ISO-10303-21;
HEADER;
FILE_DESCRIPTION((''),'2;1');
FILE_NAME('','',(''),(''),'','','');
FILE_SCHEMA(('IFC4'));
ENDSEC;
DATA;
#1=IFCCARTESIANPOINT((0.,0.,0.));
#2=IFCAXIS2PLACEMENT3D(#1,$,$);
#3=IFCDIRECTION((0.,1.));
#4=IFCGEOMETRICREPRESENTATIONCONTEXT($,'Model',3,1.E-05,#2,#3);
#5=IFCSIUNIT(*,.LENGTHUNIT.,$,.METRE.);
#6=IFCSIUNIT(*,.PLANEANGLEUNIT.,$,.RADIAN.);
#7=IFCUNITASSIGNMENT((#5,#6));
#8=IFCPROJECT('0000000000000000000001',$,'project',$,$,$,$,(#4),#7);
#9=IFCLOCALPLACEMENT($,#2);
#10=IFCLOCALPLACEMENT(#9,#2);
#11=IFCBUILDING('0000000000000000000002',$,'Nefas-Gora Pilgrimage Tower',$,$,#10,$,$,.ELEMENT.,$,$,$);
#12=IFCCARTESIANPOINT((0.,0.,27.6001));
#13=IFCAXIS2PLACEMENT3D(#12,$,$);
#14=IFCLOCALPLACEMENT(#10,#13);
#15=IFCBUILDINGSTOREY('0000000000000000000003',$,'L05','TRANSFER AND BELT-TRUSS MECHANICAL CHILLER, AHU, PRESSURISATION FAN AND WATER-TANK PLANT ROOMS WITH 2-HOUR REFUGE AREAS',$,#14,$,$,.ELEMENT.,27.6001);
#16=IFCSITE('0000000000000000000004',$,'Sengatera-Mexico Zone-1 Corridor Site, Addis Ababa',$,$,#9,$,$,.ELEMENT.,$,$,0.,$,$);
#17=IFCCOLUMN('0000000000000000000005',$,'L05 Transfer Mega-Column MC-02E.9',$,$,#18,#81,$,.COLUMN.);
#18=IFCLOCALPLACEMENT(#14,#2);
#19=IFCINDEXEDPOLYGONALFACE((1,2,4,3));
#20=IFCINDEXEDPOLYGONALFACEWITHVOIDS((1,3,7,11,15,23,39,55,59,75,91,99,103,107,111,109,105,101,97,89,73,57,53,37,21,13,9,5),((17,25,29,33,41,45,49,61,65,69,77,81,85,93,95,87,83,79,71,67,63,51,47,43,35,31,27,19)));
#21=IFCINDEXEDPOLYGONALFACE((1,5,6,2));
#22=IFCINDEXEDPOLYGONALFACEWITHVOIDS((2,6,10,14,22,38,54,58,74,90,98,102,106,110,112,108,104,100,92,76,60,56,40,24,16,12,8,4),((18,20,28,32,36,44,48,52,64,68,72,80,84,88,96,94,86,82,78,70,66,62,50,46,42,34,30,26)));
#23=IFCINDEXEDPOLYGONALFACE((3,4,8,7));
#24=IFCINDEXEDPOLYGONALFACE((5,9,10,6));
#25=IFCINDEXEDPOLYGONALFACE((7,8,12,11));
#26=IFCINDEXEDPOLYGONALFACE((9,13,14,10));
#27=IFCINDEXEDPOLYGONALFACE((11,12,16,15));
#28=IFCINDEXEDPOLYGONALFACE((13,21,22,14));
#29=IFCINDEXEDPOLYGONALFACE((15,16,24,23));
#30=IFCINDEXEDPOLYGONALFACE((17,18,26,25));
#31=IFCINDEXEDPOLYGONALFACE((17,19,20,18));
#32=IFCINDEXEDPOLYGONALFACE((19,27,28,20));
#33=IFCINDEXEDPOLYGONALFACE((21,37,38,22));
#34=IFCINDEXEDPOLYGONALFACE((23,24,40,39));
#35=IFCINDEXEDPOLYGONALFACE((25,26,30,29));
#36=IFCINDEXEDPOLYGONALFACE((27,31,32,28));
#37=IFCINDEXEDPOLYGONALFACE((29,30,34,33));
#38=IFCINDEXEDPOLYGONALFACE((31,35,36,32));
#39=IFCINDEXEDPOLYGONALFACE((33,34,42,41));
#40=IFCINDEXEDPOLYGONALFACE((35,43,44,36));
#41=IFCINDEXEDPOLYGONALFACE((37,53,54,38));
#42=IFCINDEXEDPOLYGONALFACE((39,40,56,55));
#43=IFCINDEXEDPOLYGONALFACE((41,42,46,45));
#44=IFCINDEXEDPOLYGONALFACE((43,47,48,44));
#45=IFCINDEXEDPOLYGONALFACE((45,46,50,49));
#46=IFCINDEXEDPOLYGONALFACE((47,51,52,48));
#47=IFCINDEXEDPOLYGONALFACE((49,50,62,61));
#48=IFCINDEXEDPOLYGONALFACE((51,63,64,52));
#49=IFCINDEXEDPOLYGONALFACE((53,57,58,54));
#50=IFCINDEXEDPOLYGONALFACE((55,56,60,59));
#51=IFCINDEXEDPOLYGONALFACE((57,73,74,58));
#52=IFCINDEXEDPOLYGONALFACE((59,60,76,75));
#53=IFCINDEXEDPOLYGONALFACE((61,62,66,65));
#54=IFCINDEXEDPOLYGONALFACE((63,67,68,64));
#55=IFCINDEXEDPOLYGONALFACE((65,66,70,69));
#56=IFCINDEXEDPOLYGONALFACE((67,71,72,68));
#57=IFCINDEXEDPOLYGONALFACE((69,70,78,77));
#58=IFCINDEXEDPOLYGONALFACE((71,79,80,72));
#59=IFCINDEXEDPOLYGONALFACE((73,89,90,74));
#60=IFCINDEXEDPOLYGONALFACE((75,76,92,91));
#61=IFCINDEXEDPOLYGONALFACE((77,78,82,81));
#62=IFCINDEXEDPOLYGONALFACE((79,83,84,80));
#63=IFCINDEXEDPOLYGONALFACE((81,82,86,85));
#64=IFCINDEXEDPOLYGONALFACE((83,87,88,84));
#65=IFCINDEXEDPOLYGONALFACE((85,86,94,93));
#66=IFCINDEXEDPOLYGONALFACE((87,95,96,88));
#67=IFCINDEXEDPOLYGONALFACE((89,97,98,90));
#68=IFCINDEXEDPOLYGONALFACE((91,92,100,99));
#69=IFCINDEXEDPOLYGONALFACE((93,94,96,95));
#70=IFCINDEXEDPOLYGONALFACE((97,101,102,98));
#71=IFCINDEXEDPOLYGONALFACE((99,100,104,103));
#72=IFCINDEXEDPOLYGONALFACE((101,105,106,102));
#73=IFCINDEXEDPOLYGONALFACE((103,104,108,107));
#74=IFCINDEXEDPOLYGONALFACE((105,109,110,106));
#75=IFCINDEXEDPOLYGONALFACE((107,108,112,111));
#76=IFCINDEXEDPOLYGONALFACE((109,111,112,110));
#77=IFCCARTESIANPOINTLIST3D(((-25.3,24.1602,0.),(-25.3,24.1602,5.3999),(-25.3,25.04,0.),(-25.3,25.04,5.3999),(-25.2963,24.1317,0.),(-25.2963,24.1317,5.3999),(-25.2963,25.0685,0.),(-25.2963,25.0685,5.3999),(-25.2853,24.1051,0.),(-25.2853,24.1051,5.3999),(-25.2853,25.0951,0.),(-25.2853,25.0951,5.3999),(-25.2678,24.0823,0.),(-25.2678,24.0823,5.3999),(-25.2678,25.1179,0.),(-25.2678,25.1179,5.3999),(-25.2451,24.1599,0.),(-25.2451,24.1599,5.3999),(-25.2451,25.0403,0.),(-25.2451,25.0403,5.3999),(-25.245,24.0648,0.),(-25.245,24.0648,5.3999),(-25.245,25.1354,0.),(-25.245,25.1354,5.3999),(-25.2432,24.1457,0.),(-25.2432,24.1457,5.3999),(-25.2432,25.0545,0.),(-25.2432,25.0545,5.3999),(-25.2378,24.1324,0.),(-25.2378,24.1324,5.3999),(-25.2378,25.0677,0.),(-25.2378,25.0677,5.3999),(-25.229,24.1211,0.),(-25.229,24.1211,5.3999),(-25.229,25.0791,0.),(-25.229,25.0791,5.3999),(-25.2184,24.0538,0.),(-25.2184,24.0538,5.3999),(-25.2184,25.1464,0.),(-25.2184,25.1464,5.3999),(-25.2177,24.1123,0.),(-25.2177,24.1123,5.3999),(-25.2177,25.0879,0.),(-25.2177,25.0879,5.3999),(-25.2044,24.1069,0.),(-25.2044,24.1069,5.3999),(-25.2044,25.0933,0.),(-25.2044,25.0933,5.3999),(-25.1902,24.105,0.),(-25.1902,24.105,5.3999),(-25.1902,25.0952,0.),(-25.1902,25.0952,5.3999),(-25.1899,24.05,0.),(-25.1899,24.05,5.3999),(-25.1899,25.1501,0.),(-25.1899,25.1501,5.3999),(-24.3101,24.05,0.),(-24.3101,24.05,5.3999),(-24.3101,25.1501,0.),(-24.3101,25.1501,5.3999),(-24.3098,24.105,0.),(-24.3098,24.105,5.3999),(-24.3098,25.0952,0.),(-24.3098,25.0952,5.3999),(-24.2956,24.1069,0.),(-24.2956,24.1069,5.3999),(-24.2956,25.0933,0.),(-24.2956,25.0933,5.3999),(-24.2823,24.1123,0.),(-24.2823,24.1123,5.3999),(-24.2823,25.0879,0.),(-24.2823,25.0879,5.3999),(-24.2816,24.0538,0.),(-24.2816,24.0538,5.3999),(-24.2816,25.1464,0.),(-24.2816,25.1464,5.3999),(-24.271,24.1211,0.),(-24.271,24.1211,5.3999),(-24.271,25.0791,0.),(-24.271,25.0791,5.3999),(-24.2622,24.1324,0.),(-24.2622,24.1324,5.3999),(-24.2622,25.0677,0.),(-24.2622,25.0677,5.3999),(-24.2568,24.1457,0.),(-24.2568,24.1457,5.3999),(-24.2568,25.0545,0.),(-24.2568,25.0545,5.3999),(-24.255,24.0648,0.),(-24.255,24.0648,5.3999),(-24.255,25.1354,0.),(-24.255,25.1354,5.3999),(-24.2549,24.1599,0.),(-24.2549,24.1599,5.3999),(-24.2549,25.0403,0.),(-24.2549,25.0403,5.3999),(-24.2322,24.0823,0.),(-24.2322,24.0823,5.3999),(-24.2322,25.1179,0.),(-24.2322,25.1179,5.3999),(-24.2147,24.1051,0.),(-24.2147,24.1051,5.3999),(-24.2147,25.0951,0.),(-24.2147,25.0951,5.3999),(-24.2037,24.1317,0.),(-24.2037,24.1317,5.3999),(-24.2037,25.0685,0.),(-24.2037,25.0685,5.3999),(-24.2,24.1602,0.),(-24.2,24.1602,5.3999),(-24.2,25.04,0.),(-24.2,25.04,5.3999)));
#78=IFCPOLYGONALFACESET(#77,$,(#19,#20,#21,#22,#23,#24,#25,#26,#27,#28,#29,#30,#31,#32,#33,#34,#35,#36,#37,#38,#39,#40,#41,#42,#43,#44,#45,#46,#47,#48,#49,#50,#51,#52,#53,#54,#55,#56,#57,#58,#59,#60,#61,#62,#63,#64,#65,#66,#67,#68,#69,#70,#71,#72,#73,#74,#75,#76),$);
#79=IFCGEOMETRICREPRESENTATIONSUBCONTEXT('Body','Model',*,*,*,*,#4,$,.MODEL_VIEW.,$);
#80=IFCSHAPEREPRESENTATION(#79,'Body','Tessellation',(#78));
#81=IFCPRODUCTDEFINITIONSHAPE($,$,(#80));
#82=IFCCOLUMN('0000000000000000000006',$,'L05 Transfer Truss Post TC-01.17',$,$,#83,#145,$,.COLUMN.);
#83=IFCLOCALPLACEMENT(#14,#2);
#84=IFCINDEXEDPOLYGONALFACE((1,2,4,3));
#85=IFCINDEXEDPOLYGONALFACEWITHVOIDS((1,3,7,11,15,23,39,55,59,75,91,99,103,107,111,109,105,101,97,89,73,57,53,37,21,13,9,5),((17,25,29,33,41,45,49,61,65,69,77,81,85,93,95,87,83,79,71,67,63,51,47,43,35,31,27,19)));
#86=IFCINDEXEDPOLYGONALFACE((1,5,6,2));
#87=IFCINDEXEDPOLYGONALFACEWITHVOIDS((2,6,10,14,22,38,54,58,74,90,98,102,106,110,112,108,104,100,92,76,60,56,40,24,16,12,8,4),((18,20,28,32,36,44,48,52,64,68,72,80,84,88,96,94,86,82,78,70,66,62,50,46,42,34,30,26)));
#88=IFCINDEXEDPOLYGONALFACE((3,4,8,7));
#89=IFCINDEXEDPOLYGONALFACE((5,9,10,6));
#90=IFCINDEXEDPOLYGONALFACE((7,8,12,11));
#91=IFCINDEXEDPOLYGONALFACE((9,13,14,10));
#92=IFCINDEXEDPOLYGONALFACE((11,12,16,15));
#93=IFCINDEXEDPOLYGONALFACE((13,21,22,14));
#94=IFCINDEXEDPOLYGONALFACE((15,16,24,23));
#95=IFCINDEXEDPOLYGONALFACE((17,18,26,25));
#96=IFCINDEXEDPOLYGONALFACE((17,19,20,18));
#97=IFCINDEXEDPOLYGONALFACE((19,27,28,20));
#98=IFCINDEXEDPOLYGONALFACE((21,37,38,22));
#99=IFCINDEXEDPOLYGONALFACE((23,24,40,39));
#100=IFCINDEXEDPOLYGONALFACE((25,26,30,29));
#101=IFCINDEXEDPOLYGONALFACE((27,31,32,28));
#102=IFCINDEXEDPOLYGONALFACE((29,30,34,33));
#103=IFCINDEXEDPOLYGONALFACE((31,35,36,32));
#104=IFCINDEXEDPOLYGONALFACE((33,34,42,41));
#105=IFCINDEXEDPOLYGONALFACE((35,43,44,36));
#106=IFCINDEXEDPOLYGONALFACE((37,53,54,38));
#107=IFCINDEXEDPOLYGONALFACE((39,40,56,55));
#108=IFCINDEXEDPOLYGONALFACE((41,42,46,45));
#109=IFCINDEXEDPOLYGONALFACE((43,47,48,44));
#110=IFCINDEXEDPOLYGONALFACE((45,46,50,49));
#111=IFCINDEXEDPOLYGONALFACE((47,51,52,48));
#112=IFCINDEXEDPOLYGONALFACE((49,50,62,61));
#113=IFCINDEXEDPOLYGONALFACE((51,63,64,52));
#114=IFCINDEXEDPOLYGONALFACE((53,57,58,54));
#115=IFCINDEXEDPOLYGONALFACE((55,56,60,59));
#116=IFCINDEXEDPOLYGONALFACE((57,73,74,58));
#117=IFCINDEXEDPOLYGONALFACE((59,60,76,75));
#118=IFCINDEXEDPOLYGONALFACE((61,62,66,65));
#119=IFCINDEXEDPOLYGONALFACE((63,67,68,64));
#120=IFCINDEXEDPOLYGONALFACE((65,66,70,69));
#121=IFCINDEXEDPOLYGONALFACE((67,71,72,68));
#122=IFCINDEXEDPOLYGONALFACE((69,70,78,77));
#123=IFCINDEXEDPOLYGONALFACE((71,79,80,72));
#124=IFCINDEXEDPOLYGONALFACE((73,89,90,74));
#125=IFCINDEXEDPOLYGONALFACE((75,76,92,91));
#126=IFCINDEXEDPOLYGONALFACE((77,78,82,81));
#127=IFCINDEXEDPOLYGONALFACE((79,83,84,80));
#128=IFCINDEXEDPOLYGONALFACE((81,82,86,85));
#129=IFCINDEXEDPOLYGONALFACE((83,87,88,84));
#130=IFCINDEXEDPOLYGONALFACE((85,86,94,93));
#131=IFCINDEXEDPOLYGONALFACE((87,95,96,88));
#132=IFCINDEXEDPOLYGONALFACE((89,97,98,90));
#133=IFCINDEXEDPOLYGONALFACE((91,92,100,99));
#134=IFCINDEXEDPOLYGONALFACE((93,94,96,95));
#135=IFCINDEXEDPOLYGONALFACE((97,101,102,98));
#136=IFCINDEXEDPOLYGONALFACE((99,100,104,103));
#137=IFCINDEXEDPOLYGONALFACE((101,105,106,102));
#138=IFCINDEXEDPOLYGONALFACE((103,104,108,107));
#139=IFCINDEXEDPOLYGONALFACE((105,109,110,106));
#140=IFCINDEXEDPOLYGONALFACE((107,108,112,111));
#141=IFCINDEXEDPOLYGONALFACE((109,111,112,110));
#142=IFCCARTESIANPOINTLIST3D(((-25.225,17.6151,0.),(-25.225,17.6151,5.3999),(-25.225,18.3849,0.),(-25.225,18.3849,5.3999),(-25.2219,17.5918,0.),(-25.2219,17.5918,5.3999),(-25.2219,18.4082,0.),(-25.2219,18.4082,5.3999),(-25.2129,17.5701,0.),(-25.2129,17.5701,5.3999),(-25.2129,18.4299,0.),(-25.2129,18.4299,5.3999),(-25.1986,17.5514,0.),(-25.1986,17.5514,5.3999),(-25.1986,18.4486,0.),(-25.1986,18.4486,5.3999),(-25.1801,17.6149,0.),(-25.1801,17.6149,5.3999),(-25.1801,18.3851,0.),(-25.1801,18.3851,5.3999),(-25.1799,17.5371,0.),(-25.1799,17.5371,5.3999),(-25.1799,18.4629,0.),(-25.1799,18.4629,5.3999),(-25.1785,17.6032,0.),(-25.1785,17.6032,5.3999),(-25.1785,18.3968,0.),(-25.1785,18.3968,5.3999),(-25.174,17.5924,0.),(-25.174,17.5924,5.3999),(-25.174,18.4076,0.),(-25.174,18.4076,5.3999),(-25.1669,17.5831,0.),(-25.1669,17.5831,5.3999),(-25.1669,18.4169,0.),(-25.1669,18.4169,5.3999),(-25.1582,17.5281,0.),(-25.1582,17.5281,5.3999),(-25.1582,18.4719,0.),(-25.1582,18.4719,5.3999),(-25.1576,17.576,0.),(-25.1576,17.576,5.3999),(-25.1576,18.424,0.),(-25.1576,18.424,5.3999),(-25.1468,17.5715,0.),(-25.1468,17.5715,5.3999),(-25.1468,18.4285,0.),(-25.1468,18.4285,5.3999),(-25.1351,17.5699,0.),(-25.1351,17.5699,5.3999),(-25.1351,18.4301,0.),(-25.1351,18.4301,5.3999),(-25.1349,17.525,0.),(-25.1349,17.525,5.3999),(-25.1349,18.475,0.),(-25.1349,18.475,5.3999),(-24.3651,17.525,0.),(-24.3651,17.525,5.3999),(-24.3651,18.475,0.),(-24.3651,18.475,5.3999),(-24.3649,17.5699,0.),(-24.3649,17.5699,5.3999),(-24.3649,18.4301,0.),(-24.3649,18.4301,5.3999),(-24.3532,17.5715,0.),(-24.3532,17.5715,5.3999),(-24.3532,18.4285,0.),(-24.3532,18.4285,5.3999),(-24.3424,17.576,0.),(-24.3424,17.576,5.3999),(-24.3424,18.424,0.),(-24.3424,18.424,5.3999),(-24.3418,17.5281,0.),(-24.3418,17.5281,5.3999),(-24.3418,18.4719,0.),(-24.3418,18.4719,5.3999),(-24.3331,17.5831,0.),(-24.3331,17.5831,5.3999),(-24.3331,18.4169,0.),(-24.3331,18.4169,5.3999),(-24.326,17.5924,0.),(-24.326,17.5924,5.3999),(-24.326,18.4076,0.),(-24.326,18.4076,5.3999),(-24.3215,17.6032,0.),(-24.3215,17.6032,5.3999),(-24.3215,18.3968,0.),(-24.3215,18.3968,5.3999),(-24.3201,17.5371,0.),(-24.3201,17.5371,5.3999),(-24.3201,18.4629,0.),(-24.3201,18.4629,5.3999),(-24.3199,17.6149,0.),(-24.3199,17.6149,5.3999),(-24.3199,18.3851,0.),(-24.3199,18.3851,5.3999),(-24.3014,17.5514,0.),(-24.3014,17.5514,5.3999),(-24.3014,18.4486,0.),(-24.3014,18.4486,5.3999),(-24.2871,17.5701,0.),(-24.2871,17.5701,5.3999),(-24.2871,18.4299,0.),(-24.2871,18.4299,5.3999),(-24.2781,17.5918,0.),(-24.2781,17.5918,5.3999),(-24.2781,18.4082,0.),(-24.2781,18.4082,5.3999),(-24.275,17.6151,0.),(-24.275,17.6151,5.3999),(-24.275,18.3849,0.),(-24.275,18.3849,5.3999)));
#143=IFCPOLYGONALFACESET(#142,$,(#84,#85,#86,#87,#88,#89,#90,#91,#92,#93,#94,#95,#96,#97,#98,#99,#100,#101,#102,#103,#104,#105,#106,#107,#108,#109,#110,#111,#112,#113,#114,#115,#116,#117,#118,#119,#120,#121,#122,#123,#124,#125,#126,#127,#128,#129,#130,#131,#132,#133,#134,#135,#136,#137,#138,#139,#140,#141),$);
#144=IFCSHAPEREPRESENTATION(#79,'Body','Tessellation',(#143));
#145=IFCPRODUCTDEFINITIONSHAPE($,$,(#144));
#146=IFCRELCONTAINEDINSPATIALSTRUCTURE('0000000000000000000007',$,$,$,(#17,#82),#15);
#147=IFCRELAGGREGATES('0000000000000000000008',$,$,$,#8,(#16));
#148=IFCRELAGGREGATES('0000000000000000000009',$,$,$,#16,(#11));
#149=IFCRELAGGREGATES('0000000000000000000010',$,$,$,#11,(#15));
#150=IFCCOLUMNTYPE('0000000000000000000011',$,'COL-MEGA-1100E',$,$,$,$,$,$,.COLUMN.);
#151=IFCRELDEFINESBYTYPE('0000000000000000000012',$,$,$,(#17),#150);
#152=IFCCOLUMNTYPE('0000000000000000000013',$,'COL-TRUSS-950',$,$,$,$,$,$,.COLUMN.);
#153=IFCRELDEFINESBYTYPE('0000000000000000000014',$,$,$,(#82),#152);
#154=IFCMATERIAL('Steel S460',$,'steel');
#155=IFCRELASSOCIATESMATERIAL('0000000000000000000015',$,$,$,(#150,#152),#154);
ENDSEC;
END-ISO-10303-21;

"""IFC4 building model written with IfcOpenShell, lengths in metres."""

from ifc_helpers import new_model, si_unit, direction, frame, origin, origin_2d, place, context, subcontext, project, spatial, hollow_rectangle, extrude, source, transform, mapped, material, material_profile, profile_set, type_object, element, save


model = new_model("IFC4")

# Units and contexts
model_context = context("Model", 3, precision=1e-05, world=origin(), true_north=direction((0.0, 1.0)))
body_context = subcontext(model_context, "Body", "Model", "MODEL_VIEW")
ifc_project = project(units=[si_unit("LENGTHUNIT", "METRE"), si_unit("PLANEANGLEUNIT", "RADIAN")], contexts=[model_context])

# Site, building, storey
site_placement = place(None, origin())
site = spatial("IfcSite", under=ifc_project, at=site_placement, Name="Sengatera-Mexico Zone-1 Corridor Site, Addis Ababa", CompositionType="ELEMENT", RefElevation=0.0)
building_placement = place(site_placement, origin())
building = spatial("IfcBuilding", under=site, at=building_placement, Name="Nefas-Gora Pilgrimage Tower", CompositionType="ELEMENT")
storey_placement = place(building_placement, frame((0.0, 0.0, 27.6001)))
storey = spatial("IfcBuildingStorey", under=building, at=storey_placement, Name="L05", Description="TRANSFER AND BELT-TRUSS MECHANICAL CHILLER, AHU, PRESSURISATION FAN AND WATER-TANK PLANT ROOMS WITH 2-HOUR REFUGE AREAS", CompositionType="ELEMENT", Elevation=27.6001)

# Columns
ifc_material = material(Name="Steel S460", Category="steel")
ifc_material_profile_1 = material_profile(ifc_material, hollow_rectangle(XDim=1.1001, YDim=1.1001, WallThickness=0.0549, InnerFilletRadius=0.0549, OuterFilletRadius=0.1101, at=origin_2d()), Name="BOX 1100x1100x55")
ifc_profile_set_1 = profile_set([ifc_material_profile_1], Name="Steel S460")
column_type_1 = type_object("IfcColumnType", Name="COL-MEGA-1100E", PredefinedType="COLUMN", material=ifc_profile_set_1)
shared_shape_1 = source(origin(), body_context, "Body", "SweptSolid", [
    extrude(hollow_rectangle(XDim=1.1001, YDim=1.1001, WallThickness=0.0549, InnerFilletRadius=0.0549, OuterFilletRadius=0.1101, at=origin_2d()), origin(), (0.0, 0.0, 1.0), 5.3999),
])
column_placement = place(storey_placement, frame((-24.75, 24.6001, 0.0), z_axis=(0.0, 0.0, 1.0), x_axis=(1.0, 0.0, 0.0)))
element("IfcColumn", 1, at=column_placement, inside=storey, type_object=column_type_1, Name="L05 Transfer Mega-Column MC-02E.9", PredefinedType="COLUMN", context=body_context, shape_type="MappedRepresentation", body=[
    mapped(shared_shape_1, transform((0.0, 0.0, 0.0), x_axis=(1.0, 0.0, 0.0), y_axis=(0.0, 1.0, 0.0), z_axis=(0.0, 0.0, 1.0), scale=1.0)),
])
ifc_material_profile_2 = material_profile(ifc_material, hollow_rectangle(XDim=0.95, YDim=0.95, WallThickness=0.0449, InnerFilletRadius=0.0449, OuterFilletRadius=0.0901, at=origin_2d()), Name="BOX 950x950x45")
ifc_profile_set_2 = profile_set([ifc_material_profile_2], Name="Steel S460")
column_type_2 = type_object("IfcColumnType", Name="COL-TRUSS-950", PredefinedType="COLUMN", material=ifc_profile_set_2)
shared_shape_2 = source(origin(), body_context, "Body", "SweptSolid", [
    extrude(hollow_rectangle(XDim=0.95, YDim=0.95, WallThickness=0.0449, InnerFilletRadius=0.0449, OuterFilletRadius=0.0901, at=origin_2d()), origin(), (0.0, 0.0, 1.0), 5.3999),
])
for number, where, z_axis, x_axis, name in (
    (2, (-24.75, 18.0, 0.0), (0.0, 0.0, 1.0), (1.0, 0.0, 0.0), "L05 Transfer Truss Post TC-01.17"),
):
    element("IfcColumn", number, at=place(storey_placement, frame(where, z_axis=z_axis, x_axis=x_axis)), inside=storey, type_object=column_type_2, Name=name, PredefinedType="COLUMN", context=body_context, shape_type="MappedRepresentation", body=[
        mapped(shared_shape_2, transform((0.0, 0.0, 0.0), x_axis=(1.0, 0.0, 0.0), y_axis=(0.0, 1.0, 0.0), z_axis=(0.0, 0.0, 1.0), scale=1.0)),
    ])

save(model, "model.ifc")
